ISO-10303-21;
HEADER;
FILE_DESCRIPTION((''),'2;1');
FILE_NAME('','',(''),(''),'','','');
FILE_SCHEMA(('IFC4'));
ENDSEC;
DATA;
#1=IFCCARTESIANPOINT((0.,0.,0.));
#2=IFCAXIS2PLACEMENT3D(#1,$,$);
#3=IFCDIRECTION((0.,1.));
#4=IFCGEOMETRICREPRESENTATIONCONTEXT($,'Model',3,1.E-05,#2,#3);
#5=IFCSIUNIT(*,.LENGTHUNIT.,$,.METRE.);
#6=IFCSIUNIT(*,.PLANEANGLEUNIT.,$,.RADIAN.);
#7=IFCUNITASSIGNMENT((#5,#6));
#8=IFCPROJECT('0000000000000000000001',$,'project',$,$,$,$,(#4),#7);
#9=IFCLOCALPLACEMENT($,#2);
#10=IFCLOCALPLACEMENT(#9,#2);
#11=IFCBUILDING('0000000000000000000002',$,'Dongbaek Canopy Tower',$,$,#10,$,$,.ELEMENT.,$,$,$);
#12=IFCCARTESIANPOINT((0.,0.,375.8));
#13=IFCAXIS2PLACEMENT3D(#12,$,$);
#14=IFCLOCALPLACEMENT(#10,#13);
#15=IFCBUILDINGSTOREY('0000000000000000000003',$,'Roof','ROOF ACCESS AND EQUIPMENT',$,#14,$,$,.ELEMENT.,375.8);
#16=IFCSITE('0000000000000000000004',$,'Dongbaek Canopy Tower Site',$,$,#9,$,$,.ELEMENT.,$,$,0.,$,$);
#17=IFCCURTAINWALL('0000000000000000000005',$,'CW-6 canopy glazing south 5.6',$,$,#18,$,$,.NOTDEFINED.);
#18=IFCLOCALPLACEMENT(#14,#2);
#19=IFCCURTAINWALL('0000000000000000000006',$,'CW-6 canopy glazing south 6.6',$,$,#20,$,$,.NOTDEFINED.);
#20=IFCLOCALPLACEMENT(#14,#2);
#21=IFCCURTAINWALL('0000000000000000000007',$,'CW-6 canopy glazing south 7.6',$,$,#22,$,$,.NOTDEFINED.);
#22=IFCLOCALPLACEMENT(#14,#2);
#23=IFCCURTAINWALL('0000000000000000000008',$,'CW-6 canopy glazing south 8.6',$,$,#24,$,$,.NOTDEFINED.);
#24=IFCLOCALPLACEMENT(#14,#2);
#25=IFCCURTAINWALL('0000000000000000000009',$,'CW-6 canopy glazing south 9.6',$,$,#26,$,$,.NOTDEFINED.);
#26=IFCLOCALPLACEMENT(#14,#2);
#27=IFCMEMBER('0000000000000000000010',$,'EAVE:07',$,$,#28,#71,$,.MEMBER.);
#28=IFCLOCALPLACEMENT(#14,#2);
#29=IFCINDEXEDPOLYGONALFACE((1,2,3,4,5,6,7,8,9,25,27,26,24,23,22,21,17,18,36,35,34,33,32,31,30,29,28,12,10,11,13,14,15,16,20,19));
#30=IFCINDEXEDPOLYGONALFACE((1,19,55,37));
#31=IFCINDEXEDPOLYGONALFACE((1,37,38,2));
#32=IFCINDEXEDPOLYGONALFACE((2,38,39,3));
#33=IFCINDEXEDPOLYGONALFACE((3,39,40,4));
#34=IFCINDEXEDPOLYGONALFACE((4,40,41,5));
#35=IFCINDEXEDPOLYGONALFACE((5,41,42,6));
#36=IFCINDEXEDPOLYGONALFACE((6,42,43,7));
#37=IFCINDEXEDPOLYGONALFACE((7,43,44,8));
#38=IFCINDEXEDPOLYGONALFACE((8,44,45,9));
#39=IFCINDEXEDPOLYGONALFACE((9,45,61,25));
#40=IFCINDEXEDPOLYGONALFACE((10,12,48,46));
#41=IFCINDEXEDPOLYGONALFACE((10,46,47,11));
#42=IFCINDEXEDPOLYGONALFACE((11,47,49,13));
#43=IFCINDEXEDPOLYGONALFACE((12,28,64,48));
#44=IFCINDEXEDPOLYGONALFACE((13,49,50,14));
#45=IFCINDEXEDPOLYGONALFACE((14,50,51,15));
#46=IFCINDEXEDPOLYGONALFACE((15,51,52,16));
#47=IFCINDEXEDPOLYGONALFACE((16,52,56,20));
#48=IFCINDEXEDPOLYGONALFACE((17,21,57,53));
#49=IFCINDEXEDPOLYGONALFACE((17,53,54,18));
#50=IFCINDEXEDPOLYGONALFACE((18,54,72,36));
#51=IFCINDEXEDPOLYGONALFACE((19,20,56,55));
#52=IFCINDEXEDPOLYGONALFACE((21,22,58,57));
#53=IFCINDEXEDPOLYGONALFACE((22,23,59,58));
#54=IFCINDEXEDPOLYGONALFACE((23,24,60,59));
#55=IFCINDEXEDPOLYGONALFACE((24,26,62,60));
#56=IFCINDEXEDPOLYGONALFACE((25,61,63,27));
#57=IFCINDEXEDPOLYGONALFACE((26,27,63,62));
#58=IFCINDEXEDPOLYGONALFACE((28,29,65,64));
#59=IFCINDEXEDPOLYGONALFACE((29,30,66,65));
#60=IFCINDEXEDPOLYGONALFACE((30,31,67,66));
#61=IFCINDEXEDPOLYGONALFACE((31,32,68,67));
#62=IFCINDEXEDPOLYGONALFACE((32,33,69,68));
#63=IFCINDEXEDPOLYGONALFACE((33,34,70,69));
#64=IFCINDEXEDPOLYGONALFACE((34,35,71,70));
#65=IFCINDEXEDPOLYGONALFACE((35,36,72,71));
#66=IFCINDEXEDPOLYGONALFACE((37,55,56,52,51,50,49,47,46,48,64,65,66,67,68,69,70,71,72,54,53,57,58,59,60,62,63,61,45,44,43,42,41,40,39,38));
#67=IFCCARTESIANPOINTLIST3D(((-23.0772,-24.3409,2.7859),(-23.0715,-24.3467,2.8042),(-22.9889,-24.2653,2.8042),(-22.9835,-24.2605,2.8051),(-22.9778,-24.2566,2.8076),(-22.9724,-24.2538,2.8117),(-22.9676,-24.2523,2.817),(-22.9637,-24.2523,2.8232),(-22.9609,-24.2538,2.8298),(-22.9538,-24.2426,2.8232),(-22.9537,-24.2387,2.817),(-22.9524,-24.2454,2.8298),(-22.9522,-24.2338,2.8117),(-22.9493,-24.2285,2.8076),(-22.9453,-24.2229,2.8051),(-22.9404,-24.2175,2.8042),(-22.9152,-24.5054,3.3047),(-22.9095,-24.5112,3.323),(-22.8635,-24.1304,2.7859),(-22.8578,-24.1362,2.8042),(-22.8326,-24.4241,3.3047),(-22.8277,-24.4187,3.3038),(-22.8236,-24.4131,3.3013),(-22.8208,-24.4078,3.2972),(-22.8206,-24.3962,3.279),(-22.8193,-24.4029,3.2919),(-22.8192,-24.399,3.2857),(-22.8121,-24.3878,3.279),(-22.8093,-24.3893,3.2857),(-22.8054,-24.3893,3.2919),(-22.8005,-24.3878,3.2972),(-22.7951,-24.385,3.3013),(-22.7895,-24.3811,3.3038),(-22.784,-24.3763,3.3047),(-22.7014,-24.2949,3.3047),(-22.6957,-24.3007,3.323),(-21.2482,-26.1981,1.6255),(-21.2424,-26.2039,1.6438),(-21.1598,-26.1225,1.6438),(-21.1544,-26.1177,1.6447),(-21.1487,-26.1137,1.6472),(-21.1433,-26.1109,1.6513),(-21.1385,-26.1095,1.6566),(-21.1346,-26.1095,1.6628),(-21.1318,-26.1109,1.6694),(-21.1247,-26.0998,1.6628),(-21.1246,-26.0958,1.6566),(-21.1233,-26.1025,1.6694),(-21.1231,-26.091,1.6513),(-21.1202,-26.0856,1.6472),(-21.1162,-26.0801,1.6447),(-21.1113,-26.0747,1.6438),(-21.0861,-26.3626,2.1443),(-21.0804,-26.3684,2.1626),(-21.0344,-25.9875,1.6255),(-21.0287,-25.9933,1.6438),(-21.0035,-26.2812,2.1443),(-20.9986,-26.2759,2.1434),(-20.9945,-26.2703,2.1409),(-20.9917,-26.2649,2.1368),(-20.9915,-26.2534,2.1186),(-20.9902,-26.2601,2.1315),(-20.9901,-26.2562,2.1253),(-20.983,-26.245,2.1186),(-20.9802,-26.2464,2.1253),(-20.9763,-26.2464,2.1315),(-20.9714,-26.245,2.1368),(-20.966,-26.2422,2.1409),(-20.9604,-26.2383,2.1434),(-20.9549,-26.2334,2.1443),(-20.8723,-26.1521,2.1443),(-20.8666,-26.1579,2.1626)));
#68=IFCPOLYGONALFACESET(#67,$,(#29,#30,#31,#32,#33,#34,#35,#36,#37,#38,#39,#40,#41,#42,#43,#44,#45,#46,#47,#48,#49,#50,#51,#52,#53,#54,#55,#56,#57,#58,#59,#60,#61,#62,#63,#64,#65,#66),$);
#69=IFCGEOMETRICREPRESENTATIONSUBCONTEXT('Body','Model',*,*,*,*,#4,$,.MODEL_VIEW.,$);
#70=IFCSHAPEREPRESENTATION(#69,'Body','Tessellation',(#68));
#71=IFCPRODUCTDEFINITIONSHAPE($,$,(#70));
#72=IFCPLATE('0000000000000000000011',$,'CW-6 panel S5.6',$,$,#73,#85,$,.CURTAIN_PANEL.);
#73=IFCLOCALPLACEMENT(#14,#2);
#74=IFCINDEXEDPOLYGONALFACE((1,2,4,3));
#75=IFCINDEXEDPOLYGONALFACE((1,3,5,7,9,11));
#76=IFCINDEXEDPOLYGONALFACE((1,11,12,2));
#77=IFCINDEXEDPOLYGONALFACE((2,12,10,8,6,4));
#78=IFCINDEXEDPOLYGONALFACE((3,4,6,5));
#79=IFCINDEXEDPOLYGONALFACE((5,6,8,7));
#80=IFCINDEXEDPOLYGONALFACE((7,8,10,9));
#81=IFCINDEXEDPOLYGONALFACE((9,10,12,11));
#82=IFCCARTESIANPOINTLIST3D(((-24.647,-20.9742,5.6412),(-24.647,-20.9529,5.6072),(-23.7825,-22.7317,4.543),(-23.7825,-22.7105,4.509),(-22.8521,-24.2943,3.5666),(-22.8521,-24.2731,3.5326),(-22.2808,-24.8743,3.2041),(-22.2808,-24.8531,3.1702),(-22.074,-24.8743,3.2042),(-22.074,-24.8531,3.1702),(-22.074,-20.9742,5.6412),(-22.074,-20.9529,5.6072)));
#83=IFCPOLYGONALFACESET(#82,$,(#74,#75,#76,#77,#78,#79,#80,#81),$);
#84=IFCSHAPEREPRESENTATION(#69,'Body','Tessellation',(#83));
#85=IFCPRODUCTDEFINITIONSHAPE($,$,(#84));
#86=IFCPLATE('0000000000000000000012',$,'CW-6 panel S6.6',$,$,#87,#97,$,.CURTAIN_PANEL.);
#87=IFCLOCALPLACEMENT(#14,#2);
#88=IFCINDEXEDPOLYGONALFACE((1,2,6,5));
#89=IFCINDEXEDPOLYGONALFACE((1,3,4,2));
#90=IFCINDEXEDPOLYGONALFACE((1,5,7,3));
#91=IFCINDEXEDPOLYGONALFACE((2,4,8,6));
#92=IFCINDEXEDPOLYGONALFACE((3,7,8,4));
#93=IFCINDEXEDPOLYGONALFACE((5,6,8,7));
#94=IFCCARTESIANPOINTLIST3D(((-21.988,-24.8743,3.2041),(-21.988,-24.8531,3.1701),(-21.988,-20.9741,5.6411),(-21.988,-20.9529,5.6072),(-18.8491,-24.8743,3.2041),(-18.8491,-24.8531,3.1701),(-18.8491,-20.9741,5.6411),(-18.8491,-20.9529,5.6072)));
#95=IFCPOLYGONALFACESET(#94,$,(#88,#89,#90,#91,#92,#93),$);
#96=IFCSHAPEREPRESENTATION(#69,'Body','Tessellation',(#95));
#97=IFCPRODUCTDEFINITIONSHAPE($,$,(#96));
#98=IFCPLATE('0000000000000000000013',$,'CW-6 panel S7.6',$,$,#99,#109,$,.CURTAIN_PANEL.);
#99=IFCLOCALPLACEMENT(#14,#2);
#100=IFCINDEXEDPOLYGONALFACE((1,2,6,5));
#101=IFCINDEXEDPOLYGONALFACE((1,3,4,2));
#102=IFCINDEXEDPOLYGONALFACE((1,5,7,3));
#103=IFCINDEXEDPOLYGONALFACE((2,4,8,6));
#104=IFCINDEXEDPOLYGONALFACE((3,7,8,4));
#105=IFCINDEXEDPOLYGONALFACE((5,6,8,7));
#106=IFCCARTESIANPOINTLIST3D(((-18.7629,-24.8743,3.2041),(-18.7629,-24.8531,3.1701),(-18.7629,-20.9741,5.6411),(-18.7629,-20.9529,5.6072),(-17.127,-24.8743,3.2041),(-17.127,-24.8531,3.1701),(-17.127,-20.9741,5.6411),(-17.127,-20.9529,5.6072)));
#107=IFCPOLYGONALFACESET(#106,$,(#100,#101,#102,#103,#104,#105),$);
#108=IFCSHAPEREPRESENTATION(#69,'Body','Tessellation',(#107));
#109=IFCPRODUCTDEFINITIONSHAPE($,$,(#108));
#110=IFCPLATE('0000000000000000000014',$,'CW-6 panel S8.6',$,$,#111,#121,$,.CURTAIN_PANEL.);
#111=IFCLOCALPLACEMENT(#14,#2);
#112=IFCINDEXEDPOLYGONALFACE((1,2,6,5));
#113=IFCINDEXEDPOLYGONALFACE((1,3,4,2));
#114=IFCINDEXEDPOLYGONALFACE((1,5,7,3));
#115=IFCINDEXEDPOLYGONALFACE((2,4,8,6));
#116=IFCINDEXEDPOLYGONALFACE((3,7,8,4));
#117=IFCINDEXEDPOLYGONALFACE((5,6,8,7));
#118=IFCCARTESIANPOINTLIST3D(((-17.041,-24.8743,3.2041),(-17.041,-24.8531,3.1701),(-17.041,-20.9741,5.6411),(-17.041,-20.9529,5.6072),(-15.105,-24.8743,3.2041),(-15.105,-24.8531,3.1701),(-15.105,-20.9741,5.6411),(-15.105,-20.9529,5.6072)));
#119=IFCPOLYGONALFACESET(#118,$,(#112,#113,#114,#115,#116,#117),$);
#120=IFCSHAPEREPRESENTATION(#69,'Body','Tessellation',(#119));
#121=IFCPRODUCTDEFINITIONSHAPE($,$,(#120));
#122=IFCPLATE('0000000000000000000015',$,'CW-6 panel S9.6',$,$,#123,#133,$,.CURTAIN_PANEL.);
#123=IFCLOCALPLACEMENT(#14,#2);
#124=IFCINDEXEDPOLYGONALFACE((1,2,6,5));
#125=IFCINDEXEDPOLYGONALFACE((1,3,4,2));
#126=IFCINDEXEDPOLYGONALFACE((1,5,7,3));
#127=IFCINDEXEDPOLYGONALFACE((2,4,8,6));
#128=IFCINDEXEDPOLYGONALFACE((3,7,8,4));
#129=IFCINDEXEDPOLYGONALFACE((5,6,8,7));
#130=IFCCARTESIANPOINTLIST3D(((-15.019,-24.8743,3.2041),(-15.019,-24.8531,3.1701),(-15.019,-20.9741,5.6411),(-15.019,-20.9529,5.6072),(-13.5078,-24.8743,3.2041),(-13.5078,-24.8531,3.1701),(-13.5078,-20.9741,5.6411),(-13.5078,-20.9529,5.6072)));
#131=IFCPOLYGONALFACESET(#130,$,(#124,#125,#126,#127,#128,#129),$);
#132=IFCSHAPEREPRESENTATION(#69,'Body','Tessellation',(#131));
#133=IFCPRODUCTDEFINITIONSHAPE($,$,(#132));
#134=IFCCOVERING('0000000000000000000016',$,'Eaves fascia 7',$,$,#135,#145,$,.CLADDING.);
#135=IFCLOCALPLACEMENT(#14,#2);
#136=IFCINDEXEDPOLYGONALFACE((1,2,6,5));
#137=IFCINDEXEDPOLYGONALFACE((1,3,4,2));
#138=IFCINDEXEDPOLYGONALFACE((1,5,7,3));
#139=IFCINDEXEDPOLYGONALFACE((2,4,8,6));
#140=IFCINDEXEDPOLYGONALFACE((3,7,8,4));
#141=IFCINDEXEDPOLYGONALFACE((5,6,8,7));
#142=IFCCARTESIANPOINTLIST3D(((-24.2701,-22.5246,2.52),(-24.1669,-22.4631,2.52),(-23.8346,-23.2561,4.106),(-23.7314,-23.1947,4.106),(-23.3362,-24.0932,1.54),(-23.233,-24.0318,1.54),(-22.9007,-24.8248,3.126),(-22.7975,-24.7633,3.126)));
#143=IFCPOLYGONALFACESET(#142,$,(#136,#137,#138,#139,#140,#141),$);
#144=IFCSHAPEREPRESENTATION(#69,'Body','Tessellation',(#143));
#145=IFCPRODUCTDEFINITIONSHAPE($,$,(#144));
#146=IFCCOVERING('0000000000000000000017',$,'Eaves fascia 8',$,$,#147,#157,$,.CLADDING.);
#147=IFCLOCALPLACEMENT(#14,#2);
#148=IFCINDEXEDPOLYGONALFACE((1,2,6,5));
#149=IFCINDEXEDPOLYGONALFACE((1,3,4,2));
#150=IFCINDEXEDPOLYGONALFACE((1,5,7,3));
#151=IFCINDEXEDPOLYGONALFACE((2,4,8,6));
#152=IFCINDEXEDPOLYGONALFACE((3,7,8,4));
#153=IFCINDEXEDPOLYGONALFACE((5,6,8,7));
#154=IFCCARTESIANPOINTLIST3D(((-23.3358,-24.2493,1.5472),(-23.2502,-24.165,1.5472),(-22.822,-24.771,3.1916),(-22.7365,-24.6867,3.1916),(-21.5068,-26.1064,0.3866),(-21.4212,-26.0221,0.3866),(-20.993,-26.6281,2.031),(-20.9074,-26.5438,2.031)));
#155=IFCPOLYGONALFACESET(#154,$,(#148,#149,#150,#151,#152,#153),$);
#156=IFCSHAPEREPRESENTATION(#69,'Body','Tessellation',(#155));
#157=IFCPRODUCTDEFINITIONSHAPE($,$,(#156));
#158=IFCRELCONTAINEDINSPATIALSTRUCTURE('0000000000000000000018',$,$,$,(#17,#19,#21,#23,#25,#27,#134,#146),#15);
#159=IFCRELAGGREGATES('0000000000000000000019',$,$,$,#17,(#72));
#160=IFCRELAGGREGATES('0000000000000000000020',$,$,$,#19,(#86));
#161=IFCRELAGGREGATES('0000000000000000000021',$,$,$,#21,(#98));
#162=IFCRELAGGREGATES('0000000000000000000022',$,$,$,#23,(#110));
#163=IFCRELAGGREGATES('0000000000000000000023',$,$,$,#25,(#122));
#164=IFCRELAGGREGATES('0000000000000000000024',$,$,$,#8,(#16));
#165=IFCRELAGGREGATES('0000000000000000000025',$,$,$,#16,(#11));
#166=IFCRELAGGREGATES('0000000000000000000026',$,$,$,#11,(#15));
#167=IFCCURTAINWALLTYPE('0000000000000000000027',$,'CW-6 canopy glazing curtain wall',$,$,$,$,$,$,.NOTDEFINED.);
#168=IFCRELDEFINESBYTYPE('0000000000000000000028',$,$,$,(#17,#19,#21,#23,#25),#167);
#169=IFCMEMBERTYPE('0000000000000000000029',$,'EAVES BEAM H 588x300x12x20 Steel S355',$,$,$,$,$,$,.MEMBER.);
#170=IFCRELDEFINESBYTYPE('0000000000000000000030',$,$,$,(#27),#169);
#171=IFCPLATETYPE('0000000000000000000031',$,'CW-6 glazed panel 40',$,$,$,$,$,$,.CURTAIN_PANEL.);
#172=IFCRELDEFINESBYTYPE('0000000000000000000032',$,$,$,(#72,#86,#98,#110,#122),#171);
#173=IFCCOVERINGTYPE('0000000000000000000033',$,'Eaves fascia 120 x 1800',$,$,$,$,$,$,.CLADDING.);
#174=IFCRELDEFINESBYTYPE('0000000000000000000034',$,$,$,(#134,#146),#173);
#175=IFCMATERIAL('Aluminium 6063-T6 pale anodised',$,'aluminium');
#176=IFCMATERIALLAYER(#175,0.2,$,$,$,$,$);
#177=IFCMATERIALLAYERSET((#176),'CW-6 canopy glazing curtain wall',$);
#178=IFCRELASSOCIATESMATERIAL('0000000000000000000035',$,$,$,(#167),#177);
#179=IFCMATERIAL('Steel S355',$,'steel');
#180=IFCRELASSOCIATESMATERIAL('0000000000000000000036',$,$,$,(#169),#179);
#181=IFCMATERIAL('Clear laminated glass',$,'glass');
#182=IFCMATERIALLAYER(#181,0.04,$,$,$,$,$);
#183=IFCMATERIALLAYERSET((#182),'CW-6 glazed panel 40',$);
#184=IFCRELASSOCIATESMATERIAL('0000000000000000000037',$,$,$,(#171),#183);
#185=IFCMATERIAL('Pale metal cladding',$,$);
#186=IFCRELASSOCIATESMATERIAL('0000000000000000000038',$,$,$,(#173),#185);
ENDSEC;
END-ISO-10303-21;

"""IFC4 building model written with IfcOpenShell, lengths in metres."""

from ifc_helpers import new_model, si_unit, direction, frame, origin, origin_2d, place, context, subcontext, project, spatial, polyline, rectangle, i_section, outline, extrude, material, layer, layer_set, material_profile, profile_set, type_object, element, aggregate, save


model = new_model("IFC4")

# Units and contexts
model_context = context("Model", 3, precision=1e-05, world=origin(), true_north=direction((0.0, 1.0)))
body_context = subcontext(model_context, "Body", "Model", "MODEL_VIEW")
ifc_project = project(units=[si_unit("LENGTHUNIT", "METRE"), si_unit("PLANEANGLEUNIT", "RADIAN")], contexts=[model_context])

# Site, building, storey
site_placement = place(None, origin())
site = spatial("IfcSite", under=ifc_project, at=site_placement, Name="Dongbaek Canopy Tower Site", CompositionType="ELEMENT", RefElevation=0.0)
building_placement = place(site_placement, origin())
building = spatial("IfcBuilding", under=site, at=building_placement, Name="Dongbaek Canopy Tower", CompositionType="ELEMENT")
storey_placement = place(building_placement, frame((0.0, 0.0, 375.8)))
storey = spatial("IfcBuildingStorey", under=building, at=storey_placement, Name="Roof", Description="ROOF ACCESS AND EQUIPMENT", CompositionType="ELEMENT", Elevation=375.8)

# Curtain walls
ifc_material_1 = material(Name="Aluminium 6063-T6 pale anodised", Category="aluminium")
ifc_layer_1 = layer(ifc_material_1, 0.2)
ifc_layer_set_1 = layer_set([ifc_layer_1], Name="CW-6 canopy glazing curtain wall")
curtain_wall_type = type_object("IfcCurtainWallType", Name="CW-6 canopy glazing curtain wall", PredefinedType="NOTDEFINED", material=ifc_layer_set_1)
curtain_wall_1_placement = place(storey_placement, origin())
curtain_wall_1 = element("IfcCurtainWall", 1, at=curtain_wall_1_placement, inside=storey, type_object=curtain_wall_type, Name="CW-6 canopy glazing south 5.6", PredefinedType="NOTDEFINED")
curtain_wall_2_placement = place(storey_placement, origin())
curtain_wall_2 = element("IfcCurtainWall", 2, at=curtain_wall_2_placement, inside=storey, type_object=curtain_wall_type, Name="CW-6 canopy glazing south 6.6", PredefinedType="NOTDEFINED")
curtain_wall_3_placement = place(storey_placement, origin())
curtain_wall_3 = element("IfcCurtainWall", 3, at=curtain_wall_3_placement, inside=storey, type_object=curtain_wall_type, Name="CW-6 canopy glazing south 7.6", PredefinedType="NOTDEFINED")
curtain_wall_4_placement = place(storey_placement, origin())
curtain_wall_4 = element("IfcCurtainWall", 4, at=curtain_wall_4_placement, inside=storey, type_object=curtain_wall_type, Name="CW-6 canopy glazing south 8.6", PredefinedType="NOTDEFINED")
curtain_wall_5_placement = place(storey_placement, origin())
curtain_wall_5 = element("IfcCurtainWall", 5, at=curtain_wall_5_placement, inside=storey, type_object=curtain_wall_type, Name="CW-6 canopy glazing south 9.6", PredefinedType="NOTDEFINED")

# Member
ifc_material_2 = material(Name="Steel S355", Category="steel")
ifc_material_profile_1 = material_profile(ifc_material_2, i_section(OverallWidth=0.3, OverallDepth=0.5879, WebThickness=0.012, FlangeThickness=0.02, FilletRadius=0.0281, at=origin_2d()), Name="EAVES BEAM H 588x300x12x20 Steel S355")
ifc_profile_set_1 = profile_set([ifc_material_profile_1], Name="Steel S355")
member_type_1 = type_object("IfcMemberType", Name="EAVES BEAM H 588x300x12x20 Steel S355", PredefinedType="MEMBER", material=ifc_profile_set_1)
member_1_placement = place(storey_placement, frame((-22.8865, -24.3208, 3.0544), z_axis=(0.641051, -0.65089, -0.406689), x_axis=(0.712472, 0.701701, 0.0)))
element("IfcMember", 6, at=member_1_placement, inside=storey, type_object=member_type_1, Name="EAVE:07", PredefinedType="MEMBER", context=body_context, shape_type="SweptSolid", body=[
    extrude(i_section(OverallWidth=0.3, OverallDepth=0.5879, WebThickness=0.012, FlangeThickness=0.02, FilletRadius=0.0281, at=origin_2d()), origin(), (0.0, 0.0, 1.0), 2.8533),
])

# Plates
ifc_material_3 = material(Name="Clear laminated glass", Category="glass")
ifc_layer_2 = layer(ifc_material_3, 0.04)
ifc_layer_set_2 = layer_set([ifc_layer_2], Name="CW-6 glazed panel 40")
plate_type = type_object("IfcPlateType", Name="CW-6 glazed panel 40", PredefinedType="CURTAIN_PANEL", material=ifc_layer_set_2)
plate_1_placement = place(storey_placement, frame((-23.7825, -22.7317, 4.543), z_axis=(-0.000006, -0.529914, 0.848052), x_axis=(-0.384991, 0.782686, 0.489066)))
plate_1 = element("IfcPlate", 7, at=plate_1_placement, type_object=plate_type, Name="CW-6 panel S5.6", PredefinedType="CURTAIN_PANEL", context=body_context, shape_type="SweptSolid", body=[
    extrude(outline(polyline([(0.0, 0.0), (2.2455, 0.0), (1.2549, -2.3747), (-2.9895, -0.6041), (-2.9099, -0.4133), (-2.0588, -0.1493), (0.0, 0.0)])), origin(), (0.0, 0.0, -1.0), 0.04),
])
aggregate(curtain_wall_1, [plate_1])
plate_2_placement = place(storey_placement, frame((-21.988, -20.9741, 5.6411), z_axis=(0.0, -0.529908, 0.848055), x_axis=(1.0, 0.0, 0.0)))
plate_2 = element("IfcPlate", 8, at=plate_2_placement, type_object=plate_type, Name="CW-6 panel S6.6", PredefinedType="CURTAIN_PANEL", context=body_context, shape_type="SweptSolid", body=[
    extrude(outline(polyline([(0.0, 0.0), (3.1389, 0.0), (3.1389, -4.5989), (0.0, -4.5989), (0.0, 0.0)])), origin(), (0.0, 0.0, -1.0), 0.04),
])
aggregate(curtain_wall_2, [plate_2])
plate_3_placement = place(storey_placement, frame((-18.7629, -20.9741, 5.6411), z_axis=(0.0, -0.529908, 0.848055), x_axis=(1.0, 0.0, 0.0)))
plate_3 = element("IfcPlate", 9, at=plate_3_placement, type_object=plate_type, Name="CW-6 panel S7.6", PredefinedType="CURTAIN_PANEL", context=body_context, shape_type="SweptSolid", body=[
    extrude(outline(polyline([(0.0, 0.0), (1.636, 0.0), (1.636, -4.5989), (0.0, -4.5989), (0.0, 0.0)])), origin(), (0.0, 0.0, -1.0), 0.04),
])
aggregate(curtain_wall_3, [plate_3])
plate_4_placement = place(storey_placement, frame((-17.041, -20.9741, 5.6411), z_axis=(0.0, -0.529908, 0.848055), x_axis=(1.0, 0.0, 0.0)))
plate_4 = element("IfcPlate", 10, at=plate_4_placement, type_object=plate_type, Name="CW-6 panel S8.6", PredefinedType="CURTAIN_PANEL", context=body_context, shape_type="SweptSolid", body=[
    extrude(outline(polyline([(0.0, 0.0), (1.936, 0.0), (1.936, -4.5989), (0.0, -4.5989), (0.0, 0.0)])), origin(), (0.0, 0.0, -1.0), 0.04),
])
aggregate(curtain_wall_4, [plate_4])
plate_5_placement = place(storey_placement, frame((-15.019, -20.9741, 5.6411), z_axis=(0.0, -0.529908, 0.848055), x_axis=(1.0, 0.0, 0.0)))
plate_5 = element("IfcPlate", 11, at=plate_5_placement, type_object=plate_type, Name="CW-6 panel S9.6", PredefinedType="CURTAIN_PANEL", context=body_context, shape_type="SweptSolid", body=[
    extrude(outline(polyline([(0.0, 0.0), (1.5112, 0.0), (1.5112, -4.5989), (0.0, -4.5989), (0.0, 0.0)])), origin(), (0.0, 0.0, -1.0), 0.04),
])
aggregate(curtain_wall_5, [plate_5])

# Coverings
ifc_material_4 = material(Name="Pale metal cladding")
ifc_material_profile_2 = material_profile(ifc_material_4, rectangle(XDim=0.1201, YDim=1.8, at=origin_2d()), Name="Eaves fascia 120 x 1800")
ifc_profile_set_2 = profile_set([ifc_material_profile_2], Name="Pale metal cladding")
covering_type = type_object("IfcCoveringType", Name="Eaves fascia 120 x 1800", PredefinedType="CLADDING", material=ifc_profile_set_2)
covering_1_placement = place(storey_placement, frame((-24.0007, -22.8596, 3.313), z_axis=(0.450707, -0.75707, -0.472977), x_axis=(0.859258, 0.511543, 0.0)))
element("IfcCovering", 12, at=covering_1_placement, inside=storey, type_object=covering_type, Name="Eaves fascia 7", PredefinedType="CLADDING", context=body_context, shape_type="SweptSolid", body=[
    extrude(rectangle(XDim=0.1201, YDim=1.8, at=origin_2d()), origin(), (0.0, 0.0, 1.0), 2.072),
])
covering_2_placement = place(storey_placement, frame((-23.0361, -24.468, 2.3694), z_axis=(0.641028, -0.650868, -0.40676), x_axis=(0.712472, 0.701701, 0.0)))
element("IfcCovering", 13, at=covering_2_placement, inside=storey, type_object=covering_type, Name="Eaves fascia 8", PredefinedType="CLADDING", context=body_context, shape_type="SweptSolid", body=[
    extrude(rectangle(XDim=0.1201, YDim=1.8, at=origin_2d()), origin(), (0.0, 0.0, 1.0), 2.8533),
])

save(model, "model.ifc")
